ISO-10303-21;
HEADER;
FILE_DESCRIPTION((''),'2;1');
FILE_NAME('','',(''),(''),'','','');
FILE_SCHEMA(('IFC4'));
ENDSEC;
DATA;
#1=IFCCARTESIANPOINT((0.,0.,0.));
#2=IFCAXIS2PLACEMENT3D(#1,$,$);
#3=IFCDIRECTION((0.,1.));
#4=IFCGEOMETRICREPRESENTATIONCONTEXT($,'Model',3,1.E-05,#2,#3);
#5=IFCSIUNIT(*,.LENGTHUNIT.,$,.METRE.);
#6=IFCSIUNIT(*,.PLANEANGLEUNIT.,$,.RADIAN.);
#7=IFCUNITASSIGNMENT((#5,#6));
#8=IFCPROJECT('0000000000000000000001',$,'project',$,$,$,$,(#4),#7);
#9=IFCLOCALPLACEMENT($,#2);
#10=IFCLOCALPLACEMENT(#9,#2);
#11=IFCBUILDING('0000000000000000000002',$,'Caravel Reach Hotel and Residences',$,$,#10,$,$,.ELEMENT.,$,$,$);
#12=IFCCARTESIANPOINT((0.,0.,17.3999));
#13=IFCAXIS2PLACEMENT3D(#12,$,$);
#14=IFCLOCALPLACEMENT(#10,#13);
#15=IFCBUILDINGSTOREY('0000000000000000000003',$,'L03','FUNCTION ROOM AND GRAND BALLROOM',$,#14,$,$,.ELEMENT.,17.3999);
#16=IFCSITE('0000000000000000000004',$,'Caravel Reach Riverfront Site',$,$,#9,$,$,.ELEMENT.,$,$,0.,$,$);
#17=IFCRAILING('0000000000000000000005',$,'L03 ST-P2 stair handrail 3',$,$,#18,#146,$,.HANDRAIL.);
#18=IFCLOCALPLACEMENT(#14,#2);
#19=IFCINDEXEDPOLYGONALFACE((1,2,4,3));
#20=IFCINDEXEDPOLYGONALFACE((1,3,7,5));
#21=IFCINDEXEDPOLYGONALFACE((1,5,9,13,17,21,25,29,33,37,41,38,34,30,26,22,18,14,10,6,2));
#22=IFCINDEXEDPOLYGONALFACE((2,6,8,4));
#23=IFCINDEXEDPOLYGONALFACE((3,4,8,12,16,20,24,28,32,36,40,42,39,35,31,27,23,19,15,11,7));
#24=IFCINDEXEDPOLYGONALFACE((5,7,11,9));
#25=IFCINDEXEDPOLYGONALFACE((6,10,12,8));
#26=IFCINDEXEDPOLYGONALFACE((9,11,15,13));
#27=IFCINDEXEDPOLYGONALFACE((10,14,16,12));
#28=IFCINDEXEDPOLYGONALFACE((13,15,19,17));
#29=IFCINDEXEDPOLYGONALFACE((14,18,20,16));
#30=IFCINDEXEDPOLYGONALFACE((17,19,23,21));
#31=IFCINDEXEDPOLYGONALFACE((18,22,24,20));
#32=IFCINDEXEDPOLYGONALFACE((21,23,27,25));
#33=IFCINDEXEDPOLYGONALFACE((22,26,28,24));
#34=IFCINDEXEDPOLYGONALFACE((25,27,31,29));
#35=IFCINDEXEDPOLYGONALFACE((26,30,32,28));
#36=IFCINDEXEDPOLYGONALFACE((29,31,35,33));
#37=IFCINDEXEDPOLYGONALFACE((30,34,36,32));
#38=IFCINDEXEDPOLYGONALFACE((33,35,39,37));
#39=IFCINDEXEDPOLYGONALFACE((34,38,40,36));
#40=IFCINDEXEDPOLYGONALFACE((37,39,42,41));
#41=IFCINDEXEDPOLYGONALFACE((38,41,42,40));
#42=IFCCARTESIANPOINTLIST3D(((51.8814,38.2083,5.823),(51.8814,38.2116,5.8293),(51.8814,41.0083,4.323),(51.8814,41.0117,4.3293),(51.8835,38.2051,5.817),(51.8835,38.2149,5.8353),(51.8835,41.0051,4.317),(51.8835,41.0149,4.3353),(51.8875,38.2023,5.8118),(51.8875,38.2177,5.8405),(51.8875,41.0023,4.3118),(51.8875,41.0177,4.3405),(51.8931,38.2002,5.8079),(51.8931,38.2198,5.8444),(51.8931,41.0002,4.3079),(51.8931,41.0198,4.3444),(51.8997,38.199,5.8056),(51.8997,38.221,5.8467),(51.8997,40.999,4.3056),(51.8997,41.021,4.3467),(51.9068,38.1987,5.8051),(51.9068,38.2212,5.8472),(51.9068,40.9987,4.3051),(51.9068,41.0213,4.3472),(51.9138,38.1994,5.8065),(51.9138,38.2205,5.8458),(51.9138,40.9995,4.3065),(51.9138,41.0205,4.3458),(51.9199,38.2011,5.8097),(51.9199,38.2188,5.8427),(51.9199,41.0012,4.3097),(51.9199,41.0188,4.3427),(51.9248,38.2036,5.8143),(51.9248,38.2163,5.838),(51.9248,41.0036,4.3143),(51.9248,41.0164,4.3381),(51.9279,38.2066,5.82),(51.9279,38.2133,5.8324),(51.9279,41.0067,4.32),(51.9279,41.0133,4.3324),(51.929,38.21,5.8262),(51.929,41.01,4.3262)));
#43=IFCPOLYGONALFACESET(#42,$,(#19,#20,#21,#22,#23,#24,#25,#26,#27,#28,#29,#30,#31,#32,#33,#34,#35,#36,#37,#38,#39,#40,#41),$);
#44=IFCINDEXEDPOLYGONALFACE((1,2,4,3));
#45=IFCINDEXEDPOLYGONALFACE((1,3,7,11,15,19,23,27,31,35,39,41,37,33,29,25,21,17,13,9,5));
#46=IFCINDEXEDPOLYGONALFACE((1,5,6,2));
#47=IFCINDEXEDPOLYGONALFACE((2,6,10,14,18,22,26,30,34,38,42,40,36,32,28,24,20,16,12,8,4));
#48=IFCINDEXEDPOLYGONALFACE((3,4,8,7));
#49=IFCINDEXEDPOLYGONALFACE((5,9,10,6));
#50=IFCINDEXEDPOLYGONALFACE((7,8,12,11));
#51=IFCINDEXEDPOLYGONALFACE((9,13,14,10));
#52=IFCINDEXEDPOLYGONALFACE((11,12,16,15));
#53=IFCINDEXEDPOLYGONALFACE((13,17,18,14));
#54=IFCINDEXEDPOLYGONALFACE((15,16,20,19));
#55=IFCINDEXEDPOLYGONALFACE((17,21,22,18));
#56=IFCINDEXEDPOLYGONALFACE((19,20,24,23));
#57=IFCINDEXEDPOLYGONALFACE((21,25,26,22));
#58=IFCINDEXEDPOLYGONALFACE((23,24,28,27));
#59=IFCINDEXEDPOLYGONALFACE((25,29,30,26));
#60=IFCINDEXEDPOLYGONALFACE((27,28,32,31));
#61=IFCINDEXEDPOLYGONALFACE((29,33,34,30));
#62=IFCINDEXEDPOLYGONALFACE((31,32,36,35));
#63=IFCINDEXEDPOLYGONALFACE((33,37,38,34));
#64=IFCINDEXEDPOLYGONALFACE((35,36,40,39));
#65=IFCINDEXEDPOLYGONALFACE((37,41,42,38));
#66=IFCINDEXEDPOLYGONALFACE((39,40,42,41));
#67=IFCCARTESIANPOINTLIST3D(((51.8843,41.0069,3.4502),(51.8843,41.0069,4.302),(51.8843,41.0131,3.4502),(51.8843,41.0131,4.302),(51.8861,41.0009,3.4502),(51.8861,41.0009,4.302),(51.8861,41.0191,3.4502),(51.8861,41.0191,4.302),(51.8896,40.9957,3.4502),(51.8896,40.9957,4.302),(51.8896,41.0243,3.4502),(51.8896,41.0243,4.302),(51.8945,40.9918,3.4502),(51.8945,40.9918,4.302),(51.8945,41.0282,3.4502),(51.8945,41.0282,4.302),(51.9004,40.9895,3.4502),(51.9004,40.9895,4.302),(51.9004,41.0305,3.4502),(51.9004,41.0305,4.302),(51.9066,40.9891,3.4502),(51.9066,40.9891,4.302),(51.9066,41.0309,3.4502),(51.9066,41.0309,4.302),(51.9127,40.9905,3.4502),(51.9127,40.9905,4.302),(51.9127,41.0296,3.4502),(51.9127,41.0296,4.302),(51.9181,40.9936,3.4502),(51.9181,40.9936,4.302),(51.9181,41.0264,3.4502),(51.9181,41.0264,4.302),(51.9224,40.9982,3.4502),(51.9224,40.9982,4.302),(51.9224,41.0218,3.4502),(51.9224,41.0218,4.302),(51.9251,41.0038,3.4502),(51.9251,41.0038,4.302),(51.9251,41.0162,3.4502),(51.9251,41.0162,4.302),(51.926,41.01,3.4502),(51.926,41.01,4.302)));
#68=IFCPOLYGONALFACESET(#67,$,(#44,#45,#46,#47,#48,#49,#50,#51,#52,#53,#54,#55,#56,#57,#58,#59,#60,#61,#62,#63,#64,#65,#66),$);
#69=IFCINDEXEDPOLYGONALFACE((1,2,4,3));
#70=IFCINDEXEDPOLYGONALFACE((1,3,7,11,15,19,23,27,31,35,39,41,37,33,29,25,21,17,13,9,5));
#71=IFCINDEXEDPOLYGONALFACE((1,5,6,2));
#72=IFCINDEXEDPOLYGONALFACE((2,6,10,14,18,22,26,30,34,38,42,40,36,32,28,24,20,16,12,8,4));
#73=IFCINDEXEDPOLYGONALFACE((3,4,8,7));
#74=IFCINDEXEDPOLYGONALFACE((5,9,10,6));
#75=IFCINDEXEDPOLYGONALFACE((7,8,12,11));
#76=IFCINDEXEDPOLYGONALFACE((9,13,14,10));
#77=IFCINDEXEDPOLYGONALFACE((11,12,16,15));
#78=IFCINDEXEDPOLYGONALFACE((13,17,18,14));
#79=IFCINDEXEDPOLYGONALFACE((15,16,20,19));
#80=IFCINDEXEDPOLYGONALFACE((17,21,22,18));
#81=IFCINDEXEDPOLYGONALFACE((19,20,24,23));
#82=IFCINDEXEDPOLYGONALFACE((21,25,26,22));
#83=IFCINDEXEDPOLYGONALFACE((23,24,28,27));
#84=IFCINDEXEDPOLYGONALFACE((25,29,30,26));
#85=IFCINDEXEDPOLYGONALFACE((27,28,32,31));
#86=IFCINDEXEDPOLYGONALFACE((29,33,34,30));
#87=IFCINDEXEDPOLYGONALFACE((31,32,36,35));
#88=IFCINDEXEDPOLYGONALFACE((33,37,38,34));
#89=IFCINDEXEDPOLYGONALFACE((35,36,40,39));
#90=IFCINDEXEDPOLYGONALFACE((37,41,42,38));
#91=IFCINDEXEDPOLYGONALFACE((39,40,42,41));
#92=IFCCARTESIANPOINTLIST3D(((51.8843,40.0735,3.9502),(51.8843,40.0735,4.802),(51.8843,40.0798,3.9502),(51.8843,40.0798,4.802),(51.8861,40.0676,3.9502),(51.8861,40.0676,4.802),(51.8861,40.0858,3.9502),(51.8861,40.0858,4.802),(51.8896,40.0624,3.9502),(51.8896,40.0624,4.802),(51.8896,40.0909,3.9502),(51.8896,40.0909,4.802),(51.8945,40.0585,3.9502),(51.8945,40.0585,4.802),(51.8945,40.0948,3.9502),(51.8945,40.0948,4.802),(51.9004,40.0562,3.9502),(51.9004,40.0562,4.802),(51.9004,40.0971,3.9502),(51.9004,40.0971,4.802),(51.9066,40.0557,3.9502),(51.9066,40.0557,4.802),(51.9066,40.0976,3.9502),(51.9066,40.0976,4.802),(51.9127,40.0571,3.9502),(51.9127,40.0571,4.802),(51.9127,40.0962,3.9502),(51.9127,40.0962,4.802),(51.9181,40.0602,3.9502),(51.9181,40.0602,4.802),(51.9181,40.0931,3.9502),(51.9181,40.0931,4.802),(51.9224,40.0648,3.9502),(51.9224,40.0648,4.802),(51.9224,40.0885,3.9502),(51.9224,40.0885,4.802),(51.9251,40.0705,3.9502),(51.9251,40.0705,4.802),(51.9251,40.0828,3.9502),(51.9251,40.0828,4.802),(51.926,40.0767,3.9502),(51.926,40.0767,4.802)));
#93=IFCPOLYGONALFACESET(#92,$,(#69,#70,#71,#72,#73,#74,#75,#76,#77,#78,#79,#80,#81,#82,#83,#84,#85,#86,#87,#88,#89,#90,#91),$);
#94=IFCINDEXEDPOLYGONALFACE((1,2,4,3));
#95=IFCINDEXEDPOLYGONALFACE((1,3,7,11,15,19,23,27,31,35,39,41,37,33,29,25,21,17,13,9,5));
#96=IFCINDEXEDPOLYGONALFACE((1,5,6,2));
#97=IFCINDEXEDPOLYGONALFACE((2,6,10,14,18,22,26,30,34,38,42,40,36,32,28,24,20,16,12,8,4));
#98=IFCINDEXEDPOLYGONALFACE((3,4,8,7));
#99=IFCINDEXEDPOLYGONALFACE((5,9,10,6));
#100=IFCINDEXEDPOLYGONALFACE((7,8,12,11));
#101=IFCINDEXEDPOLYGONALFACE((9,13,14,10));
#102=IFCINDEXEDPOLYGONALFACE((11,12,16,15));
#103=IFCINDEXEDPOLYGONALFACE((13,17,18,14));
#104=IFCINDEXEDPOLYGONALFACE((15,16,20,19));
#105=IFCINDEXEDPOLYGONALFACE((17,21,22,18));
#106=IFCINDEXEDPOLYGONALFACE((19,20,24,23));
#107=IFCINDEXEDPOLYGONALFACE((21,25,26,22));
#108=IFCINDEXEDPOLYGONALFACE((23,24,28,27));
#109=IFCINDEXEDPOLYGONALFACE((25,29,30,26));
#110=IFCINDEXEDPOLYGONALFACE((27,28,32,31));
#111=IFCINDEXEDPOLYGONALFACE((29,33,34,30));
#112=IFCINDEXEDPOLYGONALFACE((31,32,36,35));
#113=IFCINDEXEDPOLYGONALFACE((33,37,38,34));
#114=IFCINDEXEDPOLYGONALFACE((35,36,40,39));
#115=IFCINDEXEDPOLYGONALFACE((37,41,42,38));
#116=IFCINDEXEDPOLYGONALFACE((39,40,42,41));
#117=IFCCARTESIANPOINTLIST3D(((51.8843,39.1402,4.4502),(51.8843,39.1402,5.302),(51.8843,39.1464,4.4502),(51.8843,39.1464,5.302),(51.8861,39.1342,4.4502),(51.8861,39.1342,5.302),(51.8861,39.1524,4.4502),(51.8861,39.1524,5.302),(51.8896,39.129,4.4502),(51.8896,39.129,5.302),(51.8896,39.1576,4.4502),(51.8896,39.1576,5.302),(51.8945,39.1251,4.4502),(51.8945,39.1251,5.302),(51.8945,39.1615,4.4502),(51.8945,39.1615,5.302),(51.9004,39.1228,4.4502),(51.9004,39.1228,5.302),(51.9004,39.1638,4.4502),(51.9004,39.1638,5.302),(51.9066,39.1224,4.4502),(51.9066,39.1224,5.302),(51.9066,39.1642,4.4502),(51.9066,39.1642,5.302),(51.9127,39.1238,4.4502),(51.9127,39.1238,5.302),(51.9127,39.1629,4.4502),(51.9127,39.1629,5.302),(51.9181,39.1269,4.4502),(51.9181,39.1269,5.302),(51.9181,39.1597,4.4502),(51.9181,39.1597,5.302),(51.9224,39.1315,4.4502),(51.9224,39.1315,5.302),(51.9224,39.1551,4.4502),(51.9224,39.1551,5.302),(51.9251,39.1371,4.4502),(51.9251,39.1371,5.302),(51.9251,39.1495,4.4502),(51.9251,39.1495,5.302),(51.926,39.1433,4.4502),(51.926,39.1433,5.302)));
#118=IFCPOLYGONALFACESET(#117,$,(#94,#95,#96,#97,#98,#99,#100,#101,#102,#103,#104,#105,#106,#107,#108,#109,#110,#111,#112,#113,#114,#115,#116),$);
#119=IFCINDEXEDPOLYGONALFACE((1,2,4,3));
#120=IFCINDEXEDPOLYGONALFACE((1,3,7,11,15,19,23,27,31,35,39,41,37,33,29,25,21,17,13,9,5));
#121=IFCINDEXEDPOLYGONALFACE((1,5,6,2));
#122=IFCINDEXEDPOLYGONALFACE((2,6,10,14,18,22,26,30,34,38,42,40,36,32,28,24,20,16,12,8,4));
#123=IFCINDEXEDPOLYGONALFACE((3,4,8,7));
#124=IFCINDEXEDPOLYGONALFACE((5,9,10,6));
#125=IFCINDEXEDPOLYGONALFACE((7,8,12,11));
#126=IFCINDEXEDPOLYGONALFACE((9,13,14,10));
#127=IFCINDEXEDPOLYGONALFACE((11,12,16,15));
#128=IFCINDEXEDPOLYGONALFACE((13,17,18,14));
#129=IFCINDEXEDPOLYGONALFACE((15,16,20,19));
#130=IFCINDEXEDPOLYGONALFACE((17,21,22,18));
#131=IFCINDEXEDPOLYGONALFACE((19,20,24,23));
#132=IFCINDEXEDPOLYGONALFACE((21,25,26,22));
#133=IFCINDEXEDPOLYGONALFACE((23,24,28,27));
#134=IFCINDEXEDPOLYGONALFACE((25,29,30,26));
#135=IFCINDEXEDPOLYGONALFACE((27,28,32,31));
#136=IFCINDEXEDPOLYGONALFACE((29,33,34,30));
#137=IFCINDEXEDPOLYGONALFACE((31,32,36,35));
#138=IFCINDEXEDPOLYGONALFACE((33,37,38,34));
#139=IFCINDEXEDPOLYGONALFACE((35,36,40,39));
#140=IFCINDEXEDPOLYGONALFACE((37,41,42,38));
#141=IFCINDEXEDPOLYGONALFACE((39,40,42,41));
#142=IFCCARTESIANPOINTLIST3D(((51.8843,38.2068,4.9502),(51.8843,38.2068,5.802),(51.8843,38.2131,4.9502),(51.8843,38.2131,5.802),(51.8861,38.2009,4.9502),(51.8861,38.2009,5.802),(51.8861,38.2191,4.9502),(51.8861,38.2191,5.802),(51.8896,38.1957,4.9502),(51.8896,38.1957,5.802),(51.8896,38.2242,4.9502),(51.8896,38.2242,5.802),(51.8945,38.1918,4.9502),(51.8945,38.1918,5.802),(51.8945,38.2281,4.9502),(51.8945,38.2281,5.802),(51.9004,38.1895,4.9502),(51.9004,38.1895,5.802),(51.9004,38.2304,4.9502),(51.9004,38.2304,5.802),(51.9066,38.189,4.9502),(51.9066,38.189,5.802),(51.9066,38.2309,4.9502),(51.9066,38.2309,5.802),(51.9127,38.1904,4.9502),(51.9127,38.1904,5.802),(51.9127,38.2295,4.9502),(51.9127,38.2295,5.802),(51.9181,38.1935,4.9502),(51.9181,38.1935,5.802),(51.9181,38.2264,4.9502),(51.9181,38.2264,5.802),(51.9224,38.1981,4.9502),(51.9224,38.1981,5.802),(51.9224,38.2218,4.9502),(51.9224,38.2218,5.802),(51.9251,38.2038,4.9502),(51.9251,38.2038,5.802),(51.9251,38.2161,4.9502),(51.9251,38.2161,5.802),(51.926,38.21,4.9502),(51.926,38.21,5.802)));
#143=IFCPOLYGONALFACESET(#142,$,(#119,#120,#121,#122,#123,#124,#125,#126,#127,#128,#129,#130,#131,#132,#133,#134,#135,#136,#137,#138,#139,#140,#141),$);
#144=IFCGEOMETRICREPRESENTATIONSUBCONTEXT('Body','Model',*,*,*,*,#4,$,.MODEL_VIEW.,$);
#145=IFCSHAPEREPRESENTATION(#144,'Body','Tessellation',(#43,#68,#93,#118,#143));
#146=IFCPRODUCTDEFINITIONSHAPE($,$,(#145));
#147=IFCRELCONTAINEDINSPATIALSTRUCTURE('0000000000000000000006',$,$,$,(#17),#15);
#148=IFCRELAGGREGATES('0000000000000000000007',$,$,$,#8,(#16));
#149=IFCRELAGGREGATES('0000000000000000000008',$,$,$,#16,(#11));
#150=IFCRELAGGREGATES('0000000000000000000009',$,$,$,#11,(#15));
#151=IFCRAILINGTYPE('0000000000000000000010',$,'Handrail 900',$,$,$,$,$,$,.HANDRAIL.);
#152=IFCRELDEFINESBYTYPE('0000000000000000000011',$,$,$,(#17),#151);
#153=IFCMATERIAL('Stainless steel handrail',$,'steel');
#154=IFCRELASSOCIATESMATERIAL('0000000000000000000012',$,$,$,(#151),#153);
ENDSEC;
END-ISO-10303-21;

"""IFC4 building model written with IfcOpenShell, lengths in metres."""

from ifc_helpers import new_model, si_unit, direction, frame, origin, origin_2d, place, context, subcontext, project, spatial, circle, extrude, material, type_object, element, save


model = new_model("IFC4")

# Units and contexts
model_context = context("Model", 3, precision=1e-05, world=origin(), true_north=direction((0.0, 1.0)))
body_context = subcontext(model_context, "Body", "Model", "MODEL_VIEW")
ifc_project = project(units=[si_unit("LENGTHUNIT", "METRE"), si_unit("PLANEANGLEUNIT", "RADIAN")], contexts=[model_context])

# Site, building, storey
site_placement = place(None, origin())
site = spatial("IfcSite", under=ifc_project, at=site_placement, Name="Caravel Reach Riverfront Site", CompositionType="ELEMENT", RefElevation=0.0)
building_placement = place(site_placement, origin())
building = spatial("IfcBuilding", under=site, at=building_placement, Name="Caravel Reach Hotel and Residences", CompositionType="ELEMENT")
storey_placement = place(building_placement, frame((0.0, 0.0, 17.3999)))
storey = spatial("IfcBuildingStorey", under=building, at=storey_placement, Name="L03", Description="FUNCTION ROOM AND GRAND BALLROOM", CompositionType="ELEMENT", Elevation=17.3999)

# Railing
ifc_material_1 = material(Name="Stainless steel handrail", Category="steel")
railing_type_1 = type_object("IfcRailingType", Name="Handrail 900", PredefinedType="HANDRAIL", material=ifc_material_1)
for number, where, name in (
    (1, (51.905, 41.01, 3.4502), "L03 ST-P2 stair handrail 3"),
):
    element("IfcRailing", number, at=place(storey_placement, frame(where)), inside=storey, type_object=railing_type_1, Name=name, PredefinedType="HANDRAIL", context=body_context, shape_type="SweptSolid", body=[
        extrude(circle(Radius=0.0239, at=origin_2d()), frame((0.0, 0.0, 0.876), z_axis=(0.0, -0.881483, 0.472215), x_axis=(1.0, 0.0, 0.0)), (0.0, 0.0, 1.0), 3.1765),
        extrude(circle(Radius=0.021, at=origin_2d()), origin(), (0.0, 0.0, 1.0), 0.8518),
        extrude(circle(Radius=0.021, at=origin_2d()), frame((0.0, -0.9333, 0.5)), (0.0, 0.0, 1.0), 0.8518),
        extrude(circle(Radius=0.021, at=origin_2d()), frame((0.0, -1.8667, 1.0)), (0.0, 0.0, 1.0), 0.8518),
        extrude(circle(Radius=0.021, at=origin_2d()), frame((0.0, -2.8, 1.5)), (0.0, 0.0, 1.0), 0.8518),
    ])

save(model, "model.ifc")
